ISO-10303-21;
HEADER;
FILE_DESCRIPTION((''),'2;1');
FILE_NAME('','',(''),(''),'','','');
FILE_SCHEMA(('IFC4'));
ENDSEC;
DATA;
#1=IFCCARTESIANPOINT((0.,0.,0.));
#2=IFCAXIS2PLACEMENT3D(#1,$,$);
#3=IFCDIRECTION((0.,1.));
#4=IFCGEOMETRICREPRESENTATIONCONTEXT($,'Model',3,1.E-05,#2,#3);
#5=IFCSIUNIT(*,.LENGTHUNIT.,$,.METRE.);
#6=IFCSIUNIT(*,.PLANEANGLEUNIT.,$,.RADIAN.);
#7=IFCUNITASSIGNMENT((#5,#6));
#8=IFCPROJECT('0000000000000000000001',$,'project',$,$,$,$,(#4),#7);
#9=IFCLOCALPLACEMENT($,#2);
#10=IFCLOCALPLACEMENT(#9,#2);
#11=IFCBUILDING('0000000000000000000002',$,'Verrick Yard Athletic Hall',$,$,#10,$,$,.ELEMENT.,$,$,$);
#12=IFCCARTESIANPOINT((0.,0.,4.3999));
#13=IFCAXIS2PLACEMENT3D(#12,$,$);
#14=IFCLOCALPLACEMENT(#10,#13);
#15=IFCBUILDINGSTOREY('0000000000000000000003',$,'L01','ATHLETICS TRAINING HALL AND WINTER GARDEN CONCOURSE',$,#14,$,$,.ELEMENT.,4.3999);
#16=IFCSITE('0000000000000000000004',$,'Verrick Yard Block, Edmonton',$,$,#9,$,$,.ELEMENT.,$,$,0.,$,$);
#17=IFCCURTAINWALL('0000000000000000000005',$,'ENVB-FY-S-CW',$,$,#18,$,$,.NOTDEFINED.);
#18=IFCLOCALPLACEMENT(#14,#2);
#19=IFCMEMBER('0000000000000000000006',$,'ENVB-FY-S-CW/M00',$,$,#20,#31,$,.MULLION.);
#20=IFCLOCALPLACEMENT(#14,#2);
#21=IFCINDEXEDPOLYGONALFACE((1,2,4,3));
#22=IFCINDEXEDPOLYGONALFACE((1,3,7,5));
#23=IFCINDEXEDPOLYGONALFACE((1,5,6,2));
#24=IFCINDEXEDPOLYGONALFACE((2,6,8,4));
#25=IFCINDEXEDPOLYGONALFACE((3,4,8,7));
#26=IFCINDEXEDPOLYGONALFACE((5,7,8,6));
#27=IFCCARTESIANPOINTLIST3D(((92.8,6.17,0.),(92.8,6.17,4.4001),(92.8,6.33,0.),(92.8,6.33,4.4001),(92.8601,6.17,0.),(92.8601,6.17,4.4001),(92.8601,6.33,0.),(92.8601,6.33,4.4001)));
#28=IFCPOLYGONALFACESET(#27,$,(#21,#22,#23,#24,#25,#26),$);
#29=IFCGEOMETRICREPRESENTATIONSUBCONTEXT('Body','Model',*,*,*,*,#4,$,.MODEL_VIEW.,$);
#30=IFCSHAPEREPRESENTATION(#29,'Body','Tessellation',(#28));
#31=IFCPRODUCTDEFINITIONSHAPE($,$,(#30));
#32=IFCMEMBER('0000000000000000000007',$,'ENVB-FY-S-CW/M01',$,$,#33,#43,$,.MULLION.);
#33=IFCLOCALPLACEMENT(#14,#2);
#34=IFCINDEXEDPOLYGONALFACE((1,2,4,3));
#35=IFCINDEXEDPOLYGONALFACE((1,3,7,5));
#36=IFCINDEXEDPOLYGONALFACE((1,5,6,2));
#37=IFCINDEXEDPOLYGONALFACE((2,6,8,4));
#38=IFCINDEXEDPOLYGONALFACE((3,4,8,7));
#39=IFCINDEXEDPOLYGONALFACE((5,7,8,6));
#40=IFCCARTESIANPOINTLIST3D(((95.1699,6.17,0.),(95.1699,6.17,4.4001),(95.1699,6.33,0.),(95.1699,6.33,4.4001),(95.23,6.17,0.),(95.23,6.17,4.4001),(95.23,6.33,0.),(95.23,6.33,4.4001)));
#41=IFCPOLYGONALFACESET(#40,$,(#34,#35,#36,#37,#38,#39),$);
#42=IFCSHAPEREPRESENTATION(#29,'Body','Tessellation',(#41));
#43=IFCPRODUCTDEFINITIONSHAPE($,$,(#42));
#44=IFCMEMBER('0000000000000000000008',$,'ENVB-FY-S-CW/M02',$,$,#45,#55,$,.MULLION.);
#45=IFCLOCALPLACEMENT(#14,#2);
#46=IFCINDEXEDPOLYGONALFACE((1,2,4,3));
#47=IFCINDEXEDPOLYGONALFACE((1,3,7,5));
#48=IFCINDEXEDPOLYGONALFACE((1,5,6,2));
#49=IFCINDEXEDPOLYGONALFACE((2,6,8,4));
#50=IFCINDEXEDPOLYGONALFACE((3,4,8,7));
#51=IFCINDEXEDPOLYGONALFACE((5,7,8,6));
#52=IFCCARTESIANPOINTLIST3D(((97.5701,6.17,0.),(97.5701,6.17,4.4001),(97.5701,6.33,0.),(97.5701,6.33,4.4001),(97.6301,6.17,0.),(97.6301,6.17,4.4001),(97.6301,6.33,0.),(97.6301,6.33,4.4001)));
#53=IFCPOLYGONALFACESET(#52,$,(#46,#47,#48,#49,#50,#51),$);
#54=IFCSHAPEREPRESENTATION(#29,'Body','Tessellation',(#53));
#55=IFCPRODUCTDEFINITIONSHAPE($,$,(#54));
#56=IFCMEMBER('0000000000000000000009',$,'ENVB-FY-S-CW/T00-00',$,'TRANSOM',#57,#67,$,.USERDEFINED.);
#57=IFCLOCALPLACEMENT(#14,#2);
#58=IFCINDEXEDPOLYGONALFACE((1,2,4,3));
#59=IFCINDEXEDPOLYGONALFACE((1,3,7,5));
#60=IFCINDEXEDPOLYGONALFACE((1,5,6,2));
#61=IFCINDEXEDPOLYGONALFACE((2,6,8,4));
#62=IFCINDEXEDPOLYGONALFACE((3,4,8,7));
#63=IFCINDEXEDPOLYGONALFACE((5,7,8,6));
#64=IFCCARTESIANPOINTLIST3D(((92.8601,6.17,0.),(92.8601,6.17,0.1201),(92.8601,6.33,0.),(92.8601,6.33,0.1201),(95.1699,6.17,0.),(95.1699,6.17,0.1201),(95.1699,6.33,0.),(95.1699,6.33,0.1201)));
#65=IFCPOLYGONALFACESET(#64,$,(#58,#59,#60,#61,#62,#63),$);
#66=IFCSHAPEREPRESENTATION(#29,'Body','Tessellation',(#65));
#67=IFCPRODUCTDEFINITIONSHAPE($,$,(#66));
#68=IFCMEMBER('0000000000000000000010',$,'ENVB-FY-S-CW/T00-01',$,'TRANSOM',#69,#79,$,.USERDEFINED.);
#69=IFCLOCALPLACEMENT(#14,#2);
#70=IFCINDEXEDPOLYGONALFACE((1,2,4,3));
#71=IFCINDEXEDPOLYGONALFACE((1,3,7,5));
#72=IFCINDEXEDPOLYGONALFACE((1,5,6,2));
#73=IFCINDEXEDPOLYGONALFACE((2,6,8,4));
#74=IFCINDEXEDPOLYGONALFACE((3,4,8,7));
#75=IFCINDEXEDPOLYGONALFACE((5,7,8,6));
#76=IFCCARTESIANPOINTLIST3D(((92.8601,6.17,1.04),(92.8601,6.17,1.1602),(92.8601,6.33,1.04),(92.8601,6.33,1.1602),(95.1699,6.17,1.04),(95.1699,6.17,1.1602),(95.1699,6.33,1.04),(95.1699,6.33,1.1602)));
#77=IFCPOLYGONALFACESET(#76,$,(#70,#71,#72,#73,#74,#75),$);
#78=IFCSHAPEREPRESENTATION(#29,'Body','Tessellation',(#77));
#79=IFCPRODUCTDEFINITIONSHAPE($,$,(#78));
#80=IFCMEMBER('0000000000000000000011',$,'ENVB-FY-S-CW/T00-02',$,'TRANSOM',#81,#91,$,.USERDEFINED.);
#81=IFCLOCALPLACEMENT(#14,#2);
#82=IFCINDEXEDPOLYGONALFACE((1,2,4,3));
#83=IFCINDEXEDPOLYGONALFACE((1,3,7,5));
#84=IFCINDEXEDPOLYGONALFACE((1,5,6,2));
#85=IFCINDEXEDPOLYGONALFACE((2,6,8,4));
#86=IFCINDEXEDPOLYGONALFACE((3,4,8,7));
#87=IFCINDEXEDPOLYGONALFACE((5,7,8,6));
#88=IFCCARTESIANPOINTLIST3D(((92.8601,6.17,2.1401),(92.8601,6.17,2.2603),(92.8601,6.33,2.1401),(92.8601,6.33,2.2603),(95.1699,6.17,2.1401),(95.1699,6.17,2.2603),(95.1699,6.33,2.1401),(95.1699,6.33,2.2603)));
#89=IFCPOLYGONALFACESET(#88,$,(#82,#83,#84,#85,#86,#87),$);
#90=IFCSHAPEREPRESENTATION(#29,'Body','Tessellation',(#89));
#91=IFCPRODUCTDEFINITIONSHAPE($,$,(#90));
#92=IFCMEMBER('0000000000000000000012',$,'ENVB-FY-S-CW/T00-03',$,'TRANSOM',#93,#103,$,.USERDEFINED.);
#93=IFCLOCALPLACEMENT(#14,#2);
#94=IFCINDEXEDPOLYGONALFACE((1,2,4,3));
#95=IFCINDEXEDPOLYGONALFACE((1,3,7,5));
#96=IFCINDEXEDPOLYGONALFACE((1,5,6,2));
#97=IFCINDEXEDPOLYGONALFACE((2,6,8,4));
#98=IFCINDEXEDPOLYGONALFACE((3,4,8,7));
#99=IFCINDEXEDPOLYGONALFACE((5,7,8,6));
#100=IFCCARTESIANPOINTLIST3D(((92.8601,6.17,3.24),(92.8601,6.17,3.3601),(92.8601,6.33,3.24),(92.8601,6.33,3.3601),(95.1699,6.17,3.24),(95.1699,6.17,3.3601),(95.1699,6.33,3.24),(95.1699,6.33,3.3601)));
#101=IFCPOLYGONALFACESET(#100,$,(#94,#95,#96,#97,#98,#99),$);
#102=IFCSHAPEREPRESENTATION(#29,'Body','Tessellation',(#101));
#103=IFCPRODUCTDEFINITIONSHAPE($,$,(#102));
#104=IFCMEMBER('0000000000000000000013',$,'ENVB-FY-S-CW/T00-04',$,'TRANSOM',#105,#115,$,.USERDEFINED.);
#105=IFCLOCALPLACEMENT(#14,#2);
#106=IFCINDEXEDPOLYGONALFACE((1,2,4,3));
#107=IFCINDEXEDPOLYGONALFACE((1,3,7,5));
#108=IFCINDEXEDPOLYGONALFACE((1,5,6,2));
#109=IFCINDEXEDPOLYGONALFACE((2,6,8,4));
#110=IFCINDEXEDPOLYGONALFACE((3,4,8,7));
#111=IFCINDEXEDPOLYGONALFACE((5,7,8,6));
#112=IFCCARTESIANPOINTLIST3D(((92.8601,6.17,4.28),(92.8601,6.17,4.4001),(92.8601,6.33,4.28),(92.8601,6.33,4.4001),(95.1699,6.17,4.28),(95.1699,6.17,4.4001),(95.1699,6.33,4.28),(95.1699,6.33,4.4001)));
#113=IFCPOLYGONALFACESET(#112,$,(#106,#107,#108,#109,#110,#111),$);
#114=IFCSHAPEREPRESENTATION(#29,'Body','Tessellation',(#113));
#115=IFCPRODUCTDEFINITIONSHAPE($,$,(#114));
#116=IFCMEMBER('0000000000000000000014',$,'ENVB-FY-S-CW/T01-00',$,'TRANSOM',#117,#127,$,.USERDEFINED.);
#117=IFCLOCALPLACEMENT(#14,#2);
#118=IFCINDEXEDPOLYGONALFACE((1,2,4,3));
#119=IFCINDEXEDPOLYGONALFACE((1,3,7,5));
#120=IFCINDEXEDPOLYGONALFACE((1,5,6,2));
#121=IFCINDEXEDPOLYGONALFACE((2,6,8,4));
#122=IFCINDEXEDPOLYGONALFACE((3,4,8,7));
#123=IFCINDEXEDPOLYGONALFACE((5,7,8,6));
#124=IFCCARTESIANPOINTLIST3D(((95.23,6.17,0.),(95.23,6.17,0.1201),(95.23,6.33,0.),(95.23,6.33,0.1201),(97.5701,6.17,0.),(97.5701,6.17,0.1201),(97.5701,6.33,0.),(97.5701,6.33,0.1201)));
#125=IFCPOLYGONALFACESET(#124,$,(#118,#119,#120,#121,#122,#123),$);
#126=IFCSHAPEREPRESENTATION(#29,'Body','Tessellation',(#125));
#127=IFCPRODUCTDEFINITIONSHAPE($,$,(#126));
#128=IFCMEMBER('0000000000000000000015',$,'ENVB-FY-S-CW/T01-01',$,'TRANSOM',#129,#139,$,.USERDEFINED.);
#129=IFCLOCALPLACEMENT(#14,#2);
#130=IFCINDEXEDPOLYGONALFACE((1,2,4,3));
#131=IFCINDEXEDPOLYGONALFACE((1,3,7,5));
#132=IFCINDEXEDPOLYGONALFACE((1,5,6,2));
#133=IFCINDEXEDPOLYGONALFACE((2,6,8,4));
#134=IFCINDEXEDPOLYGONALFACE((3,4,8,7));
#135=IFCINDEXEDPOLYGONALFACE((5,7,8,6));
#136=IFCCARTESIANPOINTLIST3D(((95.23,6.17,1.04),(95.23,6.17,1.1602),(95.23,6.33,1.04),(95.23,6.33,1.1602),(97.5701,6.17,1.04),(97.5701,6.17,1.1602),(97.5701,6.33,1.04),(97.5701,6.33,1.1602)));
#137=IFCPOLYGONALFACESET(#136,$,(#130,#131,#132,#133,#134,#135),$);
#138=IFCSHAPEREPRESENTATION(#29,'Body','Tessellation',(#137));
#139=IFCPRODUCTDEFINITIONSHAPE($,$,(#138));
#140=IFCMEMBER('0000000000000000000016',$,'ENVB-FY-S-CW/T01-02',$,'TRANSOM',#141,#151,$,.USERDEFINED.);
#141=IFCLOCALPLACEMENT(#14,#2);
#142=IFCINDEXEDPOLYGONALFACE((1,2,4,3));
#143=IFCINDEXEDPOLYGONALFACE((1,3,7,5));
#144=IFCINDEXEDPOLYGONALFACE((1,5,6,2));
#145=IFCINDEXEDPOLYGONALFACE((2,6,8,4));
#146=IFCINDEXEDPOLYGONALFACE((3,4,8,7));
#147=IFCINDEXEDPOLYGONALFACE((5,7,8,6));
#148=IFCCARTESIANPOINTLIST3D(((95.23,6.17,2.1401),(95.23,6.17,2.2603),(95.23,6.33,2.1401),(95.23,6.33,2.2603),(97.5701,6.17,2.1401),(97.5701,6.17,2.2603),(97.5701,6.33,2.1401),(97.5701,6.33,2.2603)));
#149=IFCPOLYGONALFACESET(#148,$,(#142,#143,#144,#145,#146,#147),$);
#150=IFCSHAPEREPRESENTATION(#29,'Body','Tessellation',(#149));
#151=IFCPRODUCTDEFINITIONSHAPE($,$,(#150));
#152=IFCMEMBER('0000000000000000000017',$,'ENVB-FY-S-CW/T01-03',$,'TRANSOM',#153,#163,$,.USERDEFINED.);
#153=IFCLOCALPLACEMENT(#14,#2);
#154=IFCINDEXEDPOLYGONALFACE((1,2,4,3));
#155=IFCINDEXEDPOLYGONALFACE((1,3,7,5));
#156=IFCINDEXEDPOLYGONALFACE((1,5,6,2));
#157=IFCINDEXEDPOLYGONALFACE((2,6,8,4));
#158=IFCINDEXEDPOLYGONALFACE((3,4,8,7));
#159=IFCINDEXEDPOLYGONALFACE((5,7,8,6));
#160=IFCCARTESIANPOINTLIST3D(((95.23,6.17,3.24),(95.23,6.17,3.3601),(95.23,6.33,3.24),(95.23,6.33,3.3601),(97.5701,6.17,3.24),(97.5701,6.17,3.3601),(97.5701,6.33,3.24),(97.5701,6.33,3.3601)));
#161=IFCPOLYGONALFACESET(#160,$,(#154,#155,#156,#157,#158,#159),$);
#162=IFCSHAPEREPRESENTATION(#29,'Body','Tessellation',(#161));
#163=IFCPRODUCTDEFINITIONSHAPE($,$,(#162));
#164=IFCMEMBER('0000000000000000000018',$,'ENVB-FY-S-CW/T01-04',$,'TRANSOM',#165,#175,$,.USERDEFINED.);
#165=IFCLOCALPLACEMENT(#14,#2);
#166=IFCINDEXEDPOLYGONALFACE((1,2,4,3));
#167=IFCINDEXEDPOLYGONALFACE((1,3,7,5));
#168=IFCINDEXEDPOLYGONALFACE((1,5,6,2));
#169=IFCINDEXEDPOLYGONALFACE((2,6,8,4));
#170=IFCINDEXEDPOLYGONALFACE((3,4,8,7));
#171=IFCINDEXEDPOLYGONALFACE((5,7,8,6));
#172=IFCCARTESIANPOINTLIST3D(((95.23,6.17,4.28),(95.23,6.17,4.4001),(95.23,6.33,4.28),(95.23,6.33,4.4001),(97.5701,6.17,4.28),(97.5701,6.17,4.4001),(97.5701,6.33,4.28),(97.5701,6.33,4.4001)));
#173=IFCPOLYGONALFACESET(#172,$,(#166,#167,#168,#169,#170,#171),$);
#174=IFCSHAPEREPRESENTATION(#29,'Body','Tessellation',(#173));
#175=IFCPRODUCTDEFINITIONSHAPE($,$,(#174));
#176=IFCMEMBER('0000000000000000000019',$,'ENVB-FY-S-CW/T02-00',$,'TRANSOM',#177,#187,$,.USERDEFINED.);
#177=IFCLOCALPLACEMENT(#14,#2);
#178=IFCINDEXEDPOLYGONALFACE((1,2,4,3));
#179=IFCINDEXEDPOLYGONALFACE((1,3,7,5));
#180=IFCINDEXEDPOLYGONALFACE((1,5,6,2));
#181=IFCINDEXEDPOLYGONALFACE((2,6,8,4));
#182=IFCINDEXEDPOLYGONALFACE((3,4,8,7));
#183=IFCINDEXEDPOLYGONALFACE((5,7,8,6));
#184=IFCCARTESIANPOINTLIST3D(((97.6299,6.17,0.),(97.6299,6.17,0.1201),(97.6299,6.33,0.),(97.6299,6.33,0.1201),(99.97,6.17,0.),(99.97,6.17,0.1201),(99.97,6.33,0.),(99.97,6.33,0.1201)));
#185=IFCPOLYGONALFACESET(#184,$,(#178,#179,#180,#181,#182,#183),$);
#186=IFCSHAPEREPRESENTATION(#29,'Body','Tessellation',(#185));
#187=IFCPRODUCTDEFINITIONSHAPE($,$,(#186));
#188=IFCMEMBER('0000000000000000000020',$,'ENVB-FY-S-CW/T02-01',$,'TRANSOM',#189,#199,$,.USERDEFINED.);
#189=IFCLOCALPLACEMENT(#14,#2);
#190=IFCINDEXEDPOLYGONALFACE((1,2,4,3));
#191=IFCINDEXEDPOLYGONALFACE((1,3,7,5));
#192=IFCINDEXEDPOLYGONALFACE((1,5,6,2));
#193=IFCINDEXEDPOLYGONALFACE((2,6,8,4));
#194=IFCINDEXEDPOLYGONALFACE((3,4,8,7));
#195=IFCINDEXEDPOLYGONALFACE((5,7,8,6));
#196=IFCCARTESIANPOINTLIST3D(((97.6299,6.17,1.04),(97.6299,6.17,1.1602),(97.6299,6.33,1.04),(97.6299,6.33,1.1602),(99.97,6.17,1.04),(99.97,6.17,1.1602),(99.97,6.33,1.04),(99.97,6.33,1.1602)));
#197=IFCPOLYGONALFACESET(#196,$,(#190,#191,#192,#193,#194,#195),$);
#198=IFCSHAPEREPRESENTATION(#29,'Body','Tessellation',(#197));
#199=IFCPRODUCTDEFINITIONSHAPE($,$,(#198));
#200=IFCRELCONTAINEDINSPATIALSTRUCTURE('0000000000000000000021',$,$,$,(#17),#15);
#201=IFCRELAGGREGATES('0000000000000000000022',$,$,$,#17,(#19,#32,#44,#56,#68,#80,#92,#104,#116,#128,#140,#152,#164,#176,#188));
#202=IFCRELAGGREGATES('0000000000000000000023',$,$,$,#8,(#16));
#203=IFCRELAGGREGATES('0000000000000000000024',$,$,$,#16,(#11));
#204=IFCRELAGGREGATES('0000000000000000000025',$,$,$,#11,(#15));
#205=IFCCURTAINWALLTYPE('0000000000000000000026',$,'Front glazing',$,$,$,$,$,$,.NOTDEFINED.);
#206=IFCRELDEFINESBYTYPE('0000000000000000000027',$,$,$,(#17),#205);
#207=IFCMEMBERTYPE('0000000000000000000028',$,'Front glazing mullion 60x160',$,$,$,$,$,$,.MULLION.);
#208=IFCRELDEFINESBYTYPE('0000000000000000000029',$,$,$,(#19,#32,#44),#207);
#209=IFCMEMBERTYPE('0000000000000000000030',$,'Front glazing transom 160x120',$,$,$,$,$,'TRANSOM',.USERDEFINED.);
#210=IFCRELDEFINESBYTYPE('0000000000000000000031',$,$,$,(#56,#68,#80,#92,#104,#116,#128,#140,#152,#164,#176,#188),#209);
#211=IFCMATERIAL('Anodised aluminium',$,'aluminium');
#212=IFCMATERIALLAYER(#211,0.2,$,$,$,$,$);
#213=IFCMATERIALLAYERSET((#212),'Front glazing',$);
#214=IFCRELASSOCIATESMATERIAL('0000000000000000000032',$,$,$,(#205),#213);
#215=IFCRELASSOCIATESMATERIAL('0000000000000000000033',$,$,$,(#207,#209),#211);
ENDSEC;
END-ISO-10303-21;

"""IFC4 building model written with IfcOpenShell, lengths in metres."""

from ifc_helpers import new_model, si_unit, direction, frame, origin, origin_2d, place, context, subcontext, project, spatial, rectangle, extrude, material, layer, layer_set, material_profile, profile_set, type_object, element, aggregate, save


model = new_model("IFC4")

# Units and contexts
model_context = context("Model", 3, precision=1e-05, world=origin(), true_north=direction((0.0, 1.0)))
body_context = subcontext(model_context, "Body", "Model", "MODEL_VIEW")
ifc_project = project(units=[si_unit("LENGTHUNIT", "METRE"), si_unit("PLANEANGLEUNIT", "RADIAN")], contexts=[model_context])

# Site, building, storey
site_placement = place(None, origin())
site = spatial("IfcSite", under=ifc_project, at=site_placement, Name="Verrick Yard Block, Edmonton", CompositionType="ELEMENT", RefElevation=0.0)
building_placement = place(site_placement, origin())
building = spatial("IfcBuilding", under=site, at=building_placement, Name="Verrick Yard Athletic Hall", CompositionType="ELEMENT")
storey_placement = place(building_placement, frame((0.0, 0.0, 4.3999)))
storey = spatial("IfcBuildingStorey", under=building, at=storey_placement, Name="L01", Description="ATHLETICS TRAINING HALL AND WINTER GARDEN CONCOURSE", CompositionType="ELEMENT", Elevation=4.3999)

# Curtain wall, members
ifc_material_1 = material(Name="Anodised aluminium", Category="aluminium")
ifc_layer_1 = layer(ifc_material_1, 0.2)
ifc_layer_set_1 = layer_set([ifc_layer_1], Name="Front glazing")
curtain_wall_type = type_object("IfcCurtainWallType", Name="Front glazing", PredefinedType="NOTDEFINED", material=ifc_layer_set_1)
curtain_wall_placement = place(storey_placement, origin())
curtain_wall = element("IfcCurtainWall", 1, at=curtain_wall_placement, inside=storey, type_object=curtain_wall_type, Name="ENVB-FY-S-CW", PredefinedType="NOTDEFINED")
ifc_material_profile_1 = material_profile(ifc_material_1, rectangle(XDim=0.1599, YDim=0.0601, at=origin_2d()), Name="CW mullion 60x160")
ifc_profile_set_1 = profile_set([ifc_material_profile_1], Name="Anodised aluminium")
member_type_1 = type_object("IfcMemberType", Name="Front glazing mullion 60x160", PredefinedType="MULLION", material=ifc_profile_set_1)
member_1_placement = place(storey_placement, frame((92.8301, 6.25, 0.0), z_axis=(0.0, 0.0, 1.0), x_axis=(0.0, 1.0, 0.0)))
member_1 = element("IfcMember", 2, at=member_1_placement, type_object=member_type_1, Name="ENVB-FY-S-CW/M00", PredefinedType="MULLION", context=body_context, shape_type="SweptSolid", body=[
    extrude(rectangle(XDim=0.1599, YDim=0.0601, at=origin_2d()), origin(), (0.0, 0.0, 1.0), 4.4001),
])
member_2_placement = place(storey_placement, frame((95.2, 6.25, 0.0), z_axis=(0.0, 0.0, 1.0), x_axis=(0.0, 1.0, 0.0)))
member_2 = element("IfcMember", 3, at=member_2_placement, type_object=member_type_1, Name="ENVB-FY-S-CW/M01", PredefinedType="MULLION", context=body_context, shape_type="SweptSolid", body=[
    extrude(rectangle(XDim=0.1599, YDim=0.0601, at=origin_2d()), origin(), (0.0, 0.0, 1.0), 4.4001),
])
member_3_placement = place(storey_placement, frame((97.6001, 6.25, 0.0), z_axis=(0.0, 0.0, 1.0), x_axis=(0.0, 1.0, 0.0)))
member_3 = element("IfcMember", 4, at=member_3_placement, type_object=member_type_1, Name="ENVB-FY-S-CW/M02", PredefinedType="MULLION", context=body_context, shape_type="SweptSolid", body=[
    extrude(rectangle(XDim=0.1599, YDim=0.0601, at=origin_2d()), origin(), (0.0, 0.0, 1.0), 4.4001),
])
ifc_material_profile_2 = material_profile(ifc_material_1, rectangle(XDim=0.1599, YDim=0.1201, at=origin_2d()), Name="CW transom 160x120")
ifc_profile_set_2 = profile_set([ifc_material_profile_2], Name="Anodised aluminium")
member_type_2 = type_object("IfcMemberType", Name="Front glazing transom 160x120", ElementType="TRANSOM", PredefinedType="USERDEFINED", material=ifc_profile_set_2)
member_4_placement = place(storey_placement, frame((92.8601, 6.25, 0.0601), z_axis=(1.0, 0.0, 0.0), x_axis=(0.0, 1.0, 0.0)))
member_4 = element("IfcMember", 5, at=member_4_placement, type_object=member_type_2, Name="ENVB-FY-S-CW/T00-00", ObjectType="TRANSOM", PredefinedType="USERDEFINED", context=body_context, shape_type="SweptSolid", body=[
    extrude(rectangle(XDim=0.1599, YDim=0.1201, at=origin_2d()), origin(), (0.0, 0.0, 1.0), 2.3098),
])
member_5_placement = place(storey_placement, frame((92.8601, 6.25, 1.1001), z_axis=(1.0, 0.0, 0.0), x_axis=(0.0, 1.0, 0.0)))
member_5 = element("IfcMember", 6, at=member_5_placement, type_object=member_type_2, Name="ENVB-FY-S-CW/T00-01", ObjectType="TRANSOM", PredefinedType="USERDEFINED", context=body_context, shape_type="SweptSolid", body=[
    extrude(rectangle(XDim=0.1599, YDim=0.1201, at=origin_2d()), origin(), (0.0, 0.0, 1.0), 2.3098),
])
member_6_placement = place(storey_placement, frame((92.8601, 6.25, 2.2002), z_axis=(1.0, 0.0, 0.0), x_axis=(0.0, 1.0, 0.0)))
member_6 = element("IfcMember", 7, at=member_6_placement, type_object=member_type_2, Name="ENVB-FY-S-CW/T00-02", ObjectType="TRANSOM", PredefinedType="USERDEFINED", context=body_context, shape_type="SweptSolid", body=[
    extrude(rectangle(XDim=0.1599, YDim=0.1201, at=origin_2d()), origin(), (0.0, 0.0, 1.0), 2.3098),
])
member_7_placement = place(storey_placement, frame((92.8601, 6.25, 3.3), z_axis=(1.0, 0.0, 0.0), x_axis=(0.0, 1.0, 0.0)))
member_7 = element("IfcMember", 8, at=member_7_placement, type_object=member_type_2, Name="ENVB-FY-S-CW/T00-03", ObjectType="TRANSOM", PredefinedType="USERDEFINED", context=body_context, shape_type="SweptSolid", body=[
    extrude(rectangle(XDim=0.1599, YDim=0.1201, at=origin_2d()), origin(), (0.0, 0.0, 1.0), 2.3098),
])
member_8_placement = place(storey_placement, frame((92.8601, 6.25, 4.3401), z_axis=(1.0, 0.0, 0.0), x_axis=(0.0, 1.0, 0.0)))
member_8 = element("IfcMember", 9, at=member_8_placement, type_object=member_type_2, Name="ENVB-FY-S-CW/T00-04", ObjectType="TRANSOM", PredefinedType="USERDEFINED", context=body_context, shape_type="SweptSolid", body=[
    extrude(rectangle(XDim=0.1599, YDim=0.1201, at=origin_2d()), origin(), (0.0, 0.0, 1.0), 2.3098),
])
member_9_placement = place(storey_placement, frame((95.23, 6.25, 0.0601), z_axis=(1.0, 0.0, 0.0), x_axis=(0.0, 1.0, 0.0)))
member_9 = element("IfcMember", 10, at=member_9_placement, type_object=member_type_2, Name="ENVB-FY-S-CW/T01-00", ObjectType="TRANSOM", PredefinedType="USERDEFINED", context=body_context, shape_type="SweptSolid", body=[
    extrude(rectangle(XDim=0.1599, YDim=0.1201, at=origin_2d()), origin(), (0.0, 0.0, 1.0), 2.3401),
])
member_10_placement = place(storey_placement, frame((95.23, 6.25, 1.1001), z_axis=(1.0, 0.0, 0.0), x_axis=(0.0, 1.0, 0.0)))
member_10 = element("IfcMember", 11, at=member_10_placement, type_object=member_type_2, Name="ENVB-FY-S-CW/T01-01", ObjectType="TRANSOM", PredefinedType="USERDEFINED", context=body_context, shape_type="SweptSolid", body=[
    extrude(rectangle(XDim=0.1599, YDim=0.1201, at=origin_2d()), origin(), (0.0, 0.0, 1.0), 2.3401),
])
member_11_placement = place(storey_placement, frame((95.23, 6.25, 2.2002), z_axis=(1.0, 0.0, 0.0), x_axis=(0.0, 1.0, 0.0)))
member_11 = element("IfcMember", 12, at=member_11_placement, type_object=member_type_2, Name="ENVB-FY-S-CW/T01-02", ObjectType="TRANSOM", PredefinedType="USERDEFINED", context=body_context, shape_type="SweptSolid", body=[
    extrude(rectangle(XDim=0.1599, YDim=0.1201, at=origin_2d()), origin(), (0.0, 0.0, 1.0), 2.3401),
])
member_12_placement = place(storey_placement, frame((95.23, 6.25, 3.3), z_axis=(1.0, 0.0, 0.0), x_axis=(0.0, 1.0, 0.0)))
member_12 = element("IfcMember", 13, at=member_12_placement, type_object=member_type_2, Name="ENVB-FY-S-CW/T01-03", ObjectType="TRANSOM", PredefinedType="USERDEFINED", context=body_context, shape_type="SweptSolid", body=[
    extrude(rectangle(XDim=0.1599, YDim=0.1201, at=origin_2d()), origin(), (0.0, 0.0, 1.0), 2.3401),
])
member_13_placement = place(storey_placement, frame((95.23, 6.25, 4.3401), z_axis=(1.0, 0.0, 0.0), x_axis=(0.0, 1.0, 0.0)))
member_13 = element("IfcMember", 14, at=member_13_placement, type_object=member_type_2, Name="ENVB-FY-S-CW/T01-04", ObjectType="TRANSOM", PredefinedType="USERDEFINED", context=body_context, shape_type="SweptSolid", body=[
    extrude(rectangle(XDim=0.1599, YDim=0.1201, at=origin_2d()), origin(), (0.0, 0.0, 1.0), 2.3401),
])
member_14_placement = place(storey_placement, frame((97.6299, 6.25, 0.0601), z_axis=(1.0, 0.0, 0.0), x_axis=(0.0, 1.0, 0.0)))
member_14 = element("IfcMember", 15, at=member_14_placement, type_object=member_type_2, Name="ENVB-FY-S-CW/T02-00", ObjectType="TRANSOM", PredefinedType="USERDEFINED", context=body_context, shape_type="SweptSolid", body=[
    extrude(rectangle(XDim=0.1599, YDim=0.1201, at=origin_2d()), origin(), (0.0, 0.0, 1.0), 2.3401),
])
member_15_placement = place(storey_placement, frame((97.6299, 6.25, 1.1001), z_axis=(1.0, 0.0, 0.0), x_axis=(0.0, 1.0, 0.0)))
member_15 = element("IfcMember", 16, at=member_15_placement, type_object=member_type_2, Name="ENVB-FY-S-CW/T02-01", ObjectType="TRANSOM", PredefinedType="USERDEFINED", context=body_context, shape_type="SweptSolid", body=[
    extrude(rectangle(XDim=0.1599, YDim=0.1201, at=origin_2d()), origin(), (0.0, 0.0, 1.0), 2.3401),
])
aggregate(curtain_wall, [member_1, member_2, member_3, member_4, member_5, member_6, member_7, member_8, member_9, member_10, member_11, member_12, member_13, member_14, member_15])

save(model, "model.ifc")
